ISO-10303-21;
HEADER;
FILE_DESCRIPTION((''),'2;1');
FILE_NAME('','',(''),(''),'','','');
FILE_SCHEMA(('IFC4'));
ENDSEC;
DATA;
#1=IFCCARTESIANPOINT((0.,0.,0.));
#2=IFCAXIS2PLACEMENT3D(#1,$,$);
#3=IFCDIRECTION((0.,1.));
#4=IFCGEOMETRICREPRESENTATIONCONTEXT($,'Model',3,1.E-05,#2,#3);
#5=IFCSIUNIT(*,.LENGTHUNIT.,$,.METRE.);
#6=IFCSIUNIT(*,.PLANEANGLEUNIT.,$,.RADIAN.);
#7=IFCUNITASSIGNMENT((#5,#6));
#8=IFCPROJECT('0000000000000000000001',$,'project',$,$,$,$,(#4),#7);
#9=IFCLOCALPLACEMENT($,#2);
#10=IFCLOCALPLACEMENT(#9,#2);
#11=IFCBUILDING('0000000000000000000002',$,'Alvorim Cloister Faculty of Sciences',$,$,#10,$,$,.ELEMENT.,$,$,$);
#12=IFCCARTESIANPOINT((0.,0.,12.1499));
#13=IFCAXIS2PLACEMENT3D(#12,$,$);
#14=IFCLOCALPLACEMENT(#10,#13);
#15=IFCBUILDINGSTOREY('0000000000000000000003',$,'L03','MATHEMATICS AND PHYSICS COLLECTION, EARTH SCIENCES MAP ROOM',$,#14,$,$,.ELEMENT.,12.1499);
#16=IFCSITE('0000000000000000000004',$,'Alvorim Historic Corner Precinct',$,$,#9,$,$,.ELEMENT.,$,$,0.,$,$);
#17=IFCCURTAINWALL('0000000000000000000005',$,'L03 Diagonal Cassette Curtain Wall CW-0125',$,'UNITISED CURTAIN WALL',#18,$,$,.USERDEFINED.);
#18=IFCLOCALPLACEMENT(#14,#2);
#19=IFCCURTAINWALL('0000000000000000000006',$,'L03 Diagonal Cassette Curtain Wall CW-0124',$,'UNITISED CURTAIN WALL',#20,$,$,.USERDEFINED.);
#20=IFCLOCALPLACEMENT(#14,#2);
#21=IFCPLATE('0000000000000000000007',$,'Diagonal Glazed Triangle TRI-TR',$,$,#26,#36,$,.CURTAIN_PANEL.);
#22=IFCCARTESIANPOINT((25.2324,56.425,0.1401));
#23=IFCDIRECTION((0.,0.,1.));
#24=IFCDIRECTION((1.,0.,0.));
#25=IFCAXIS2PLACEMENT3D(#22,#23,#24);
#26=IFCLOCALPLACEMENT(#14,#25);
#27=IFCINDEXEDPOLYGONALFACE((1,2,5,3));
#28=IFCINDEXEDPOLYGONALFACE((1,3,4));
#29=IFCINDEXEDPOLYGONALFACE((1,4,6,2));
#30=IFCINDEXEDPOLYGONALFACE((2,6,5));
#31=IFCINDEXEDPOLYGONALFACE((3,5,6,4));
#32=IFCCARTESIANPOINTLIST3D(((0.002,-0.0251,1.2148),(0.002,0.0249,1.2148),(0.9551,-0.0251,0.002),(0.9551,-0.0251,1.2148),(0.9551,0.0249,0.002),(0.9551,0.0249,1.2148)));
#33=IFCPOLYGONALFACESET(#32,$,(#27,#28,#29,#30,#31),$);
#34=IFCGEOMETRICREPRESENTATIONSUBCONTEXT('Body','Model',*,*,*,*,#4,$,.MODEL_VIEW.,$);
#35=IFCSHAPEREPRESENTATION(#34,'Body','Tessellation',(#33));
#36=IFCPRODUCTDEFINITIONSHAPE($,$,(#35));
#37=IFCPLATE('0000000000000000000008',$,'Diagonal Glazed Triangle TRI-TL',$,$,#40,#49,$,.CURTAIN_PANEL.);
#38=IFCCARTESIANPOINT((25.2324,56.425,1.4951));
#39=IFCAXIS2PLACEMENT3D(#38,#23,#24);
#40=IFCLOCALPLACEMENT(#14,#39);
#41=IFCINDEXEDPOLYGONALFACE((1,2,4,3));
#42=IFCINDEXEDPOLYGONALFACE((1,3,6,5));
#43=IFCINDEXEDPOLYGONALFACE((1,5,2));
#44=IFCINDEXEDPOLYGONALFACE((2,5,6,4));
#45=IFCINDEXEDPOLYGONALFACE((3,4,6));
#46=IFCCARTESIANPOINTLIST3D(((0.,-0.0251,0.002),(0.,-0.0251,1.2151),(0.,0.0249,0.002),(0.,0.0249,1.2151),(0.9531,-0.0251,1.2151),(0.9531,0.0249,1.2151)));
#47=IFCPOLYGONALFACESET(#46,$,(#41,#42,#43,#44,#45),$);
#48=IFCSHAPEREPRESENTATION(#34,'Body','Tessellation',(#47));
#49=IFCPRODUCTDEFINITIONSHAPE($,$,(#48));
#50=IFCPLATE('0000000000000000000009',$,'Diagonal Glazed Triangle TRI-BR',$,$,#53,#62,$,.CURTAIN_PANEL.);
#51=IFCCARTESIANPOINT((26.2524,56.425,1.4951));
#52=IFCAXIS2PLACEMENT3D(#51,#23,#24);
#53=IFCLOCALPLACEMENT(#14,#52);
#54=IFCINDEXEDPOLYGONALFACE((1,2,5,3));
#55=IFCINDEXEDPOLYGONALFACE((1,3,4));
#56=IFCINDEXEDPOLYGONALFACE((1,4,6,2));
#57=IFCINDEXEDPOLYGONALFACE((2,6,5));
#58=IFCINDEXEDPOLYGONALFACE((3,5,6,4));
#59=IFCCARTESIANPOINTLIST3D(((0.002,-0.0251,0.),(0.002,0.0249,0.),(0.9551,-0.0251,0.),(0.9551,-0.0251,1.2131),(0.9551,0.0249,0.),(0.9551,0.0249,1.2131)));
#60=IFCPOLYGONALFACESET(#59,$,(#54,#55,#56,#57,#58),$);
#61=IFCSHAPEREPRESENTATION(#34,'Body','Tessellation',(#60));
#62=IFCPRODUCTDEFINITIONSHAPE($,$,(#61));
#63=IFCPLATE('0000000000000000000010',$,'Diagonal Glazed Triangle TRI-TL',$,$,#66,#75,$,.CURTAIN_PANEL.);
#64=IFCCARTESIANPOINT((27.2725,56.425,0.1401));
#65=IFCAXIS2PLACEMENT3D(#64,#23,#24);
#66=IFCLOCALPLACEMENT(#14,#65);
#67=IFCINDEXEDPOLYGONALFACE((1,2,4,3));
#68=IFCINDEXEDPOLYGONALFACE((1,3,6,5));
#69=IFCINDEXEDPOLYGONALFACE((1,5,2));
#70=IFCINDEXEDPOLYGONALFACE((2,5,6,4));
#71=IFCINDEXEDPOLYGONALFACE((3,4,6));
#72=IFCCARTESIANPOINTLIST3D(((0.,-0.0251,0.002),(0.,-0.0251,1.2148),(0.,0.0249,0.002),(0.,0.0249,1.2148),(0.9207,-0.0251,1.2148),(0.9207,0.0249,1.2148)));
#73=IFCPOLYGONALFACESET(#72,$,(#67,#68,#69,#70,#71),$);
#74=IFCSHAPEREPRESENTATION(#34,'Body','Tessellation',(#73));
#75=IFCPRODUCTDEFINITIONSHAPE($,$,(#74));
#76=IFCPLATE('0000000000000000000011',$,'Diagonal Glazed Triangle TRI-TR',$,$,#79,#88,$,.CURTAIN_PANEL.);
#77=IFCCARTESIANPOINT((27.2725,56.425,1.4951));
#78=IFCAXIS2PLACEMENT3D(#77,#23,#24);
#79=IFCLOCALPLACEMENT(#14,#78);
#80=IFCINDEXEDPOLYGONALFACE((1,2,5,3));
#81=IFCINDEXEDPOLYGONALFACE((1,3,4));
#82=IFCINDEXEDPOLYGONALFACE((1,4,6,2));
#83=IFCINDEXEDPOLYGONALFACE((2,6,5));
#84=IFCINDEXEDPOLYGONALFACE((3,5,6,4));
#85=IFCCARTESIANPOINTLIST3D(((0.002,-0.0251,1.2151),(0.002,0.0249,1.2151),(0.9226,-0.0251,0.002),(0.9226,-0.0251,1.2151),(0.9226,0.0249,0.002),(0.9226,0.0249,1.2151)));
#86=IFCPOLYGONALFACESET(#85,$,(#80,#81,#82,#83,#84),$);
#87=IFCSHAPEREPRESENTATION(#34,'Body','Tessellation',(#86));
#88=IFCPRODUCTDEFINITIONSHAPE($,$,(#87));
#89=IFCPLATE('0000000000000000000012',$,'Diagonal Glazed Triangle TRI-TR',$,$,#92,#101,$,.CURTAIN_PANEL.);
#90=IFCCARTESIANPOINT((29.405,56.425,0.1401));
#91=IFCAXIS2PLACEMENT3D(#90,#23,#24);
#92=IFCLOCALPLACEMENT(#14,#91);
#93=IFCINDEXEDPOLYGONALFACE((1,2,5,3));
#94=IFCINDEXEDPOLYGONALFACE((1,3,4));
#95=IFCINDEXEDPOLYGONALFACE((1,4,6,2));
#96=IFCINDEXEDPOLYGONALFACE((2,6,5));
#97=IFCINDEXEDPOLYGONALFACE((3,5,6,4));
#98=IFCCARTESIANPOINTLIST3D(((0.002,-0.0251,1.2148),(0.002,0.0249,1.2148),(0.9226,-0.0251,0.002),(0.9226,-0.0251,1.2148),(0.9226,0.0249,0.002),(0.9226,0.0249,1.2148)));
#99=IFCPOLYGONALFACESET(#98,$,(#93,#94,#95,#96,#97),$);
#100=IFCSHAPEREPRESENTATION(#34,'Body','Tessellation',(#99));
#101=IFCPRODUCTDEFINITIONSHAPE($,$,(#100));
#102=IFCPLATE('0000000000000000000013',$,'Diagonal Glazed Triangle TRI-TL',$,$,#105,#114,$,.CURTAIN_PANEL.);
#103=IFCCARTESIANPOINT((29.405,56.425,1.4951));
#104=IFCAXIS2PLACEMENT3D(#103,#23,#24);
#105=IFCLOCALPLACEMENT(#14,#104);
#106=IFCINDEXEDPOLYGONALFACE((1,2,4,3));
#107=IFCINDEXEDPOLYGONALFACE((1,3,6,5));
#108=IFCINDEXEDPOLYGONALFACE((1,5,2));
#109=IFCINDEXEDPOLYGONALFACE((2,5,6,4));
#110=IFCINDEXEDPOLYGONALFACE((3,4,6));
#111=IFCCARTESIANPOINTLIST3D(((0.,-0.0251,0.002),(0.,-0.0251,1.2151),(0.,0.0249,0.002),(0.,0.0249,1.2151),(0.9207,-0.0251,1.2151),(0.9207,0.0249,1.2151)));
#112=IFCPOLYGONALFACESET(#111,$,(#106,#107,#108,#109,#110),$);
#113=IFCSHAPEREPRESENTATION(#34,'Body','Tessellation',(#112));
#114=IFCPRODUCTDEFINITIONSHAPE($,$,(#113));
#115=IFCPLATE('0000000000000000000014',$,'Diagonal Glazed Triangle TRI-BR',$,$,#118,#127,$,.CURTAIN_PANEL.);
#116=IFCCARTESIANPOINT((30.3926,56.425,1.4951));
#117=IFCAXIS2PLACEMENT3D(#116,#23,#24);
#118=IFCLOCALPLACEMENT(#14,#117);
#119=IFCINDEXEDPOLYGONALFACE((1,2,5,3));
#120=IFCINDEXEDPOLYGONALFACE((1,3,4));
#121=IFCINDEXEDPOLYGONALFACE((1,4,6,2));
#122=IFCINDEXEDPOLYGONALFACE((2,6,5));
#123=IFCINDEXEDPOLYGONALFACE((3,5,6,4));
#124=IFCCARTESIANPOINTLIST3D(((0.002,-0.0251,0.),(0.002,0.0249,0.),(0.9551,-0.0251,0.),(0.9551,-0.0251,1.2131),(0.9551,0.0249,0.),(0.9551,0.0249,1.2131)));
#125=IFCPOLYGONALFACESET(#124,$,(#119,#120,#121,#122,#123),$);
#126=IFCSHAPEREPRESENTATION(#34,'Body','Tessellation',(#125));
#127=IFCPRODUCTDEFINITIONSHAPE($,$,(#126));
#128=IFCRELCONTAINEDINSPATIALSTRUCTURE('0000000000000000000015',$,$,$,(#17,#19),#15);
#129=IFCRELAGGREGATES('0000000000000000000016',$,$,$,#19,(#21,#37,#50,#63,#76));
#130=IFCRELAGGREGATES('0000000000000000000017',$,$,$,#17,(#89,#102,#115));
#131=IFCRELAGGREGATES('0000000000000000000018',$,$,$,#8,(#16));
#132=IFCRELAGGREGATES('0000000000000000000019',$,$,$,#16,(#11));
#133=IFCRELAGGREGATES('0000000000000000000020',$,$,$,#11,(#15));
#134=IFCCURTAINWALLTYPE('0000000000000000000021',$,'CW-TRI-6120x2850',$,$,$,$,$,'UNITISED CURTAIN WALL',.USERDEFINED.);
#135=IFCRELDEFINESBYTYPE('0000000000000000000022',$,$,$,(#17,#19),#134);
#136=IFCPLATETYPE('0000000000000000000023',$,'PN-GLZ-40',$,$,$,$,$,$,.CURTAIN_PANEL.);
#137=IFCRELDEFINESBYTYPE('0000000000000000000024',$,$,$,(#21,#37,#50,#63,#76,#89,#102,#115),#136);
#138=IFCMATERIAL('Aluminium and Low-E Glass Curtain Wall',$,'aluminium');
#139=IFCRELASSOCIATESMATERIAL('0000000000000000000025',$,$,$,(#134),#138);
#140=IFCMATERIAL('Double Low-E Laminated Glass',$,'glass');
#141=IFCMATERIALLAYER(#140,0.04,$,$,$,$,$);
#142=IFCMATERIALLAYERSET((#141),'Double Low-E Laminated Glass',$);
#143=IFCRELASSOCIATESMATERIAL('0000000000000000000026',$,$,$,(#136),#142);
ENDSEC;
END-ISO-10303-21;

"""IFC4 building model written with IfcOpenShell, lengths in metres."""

from ifc_helpers import new_model, si_unit, direction, frame, origin, place, context, subcontext, project, spatial, polyline, outline, extrude, material, layer, layer_set, type_object, element, aggregate, save


model = new_model("IFC4")

# Units and contexts
model_context = context("Model", 3, precision=1e-05, world=origin(), true_north=direction((0.0, 1.0)))
body_context = subcontext(model_context, "Body", "Model", "MODEL_VIEW")
ifc_project = project(units=[si_unit("LENGTHUNIT", "METRE"), si_unit("PLANEANGLEUNIT", "RADIAN")], contexts=[model_context])

# Site, building, storey
site_placement = place(None, origin())
site = spatial("IfcSite", under=ifc_project, at=site_placement, Name="Alvorim Historic Corner Precinct", CompositionType="ELEMENT", RefElevation=0.0)
building_placement = place(site_placement, origin())
building = spatial("IfcBuilding", under=site, at=building_placement, Name="Alvorim Cloister Faculty of Sciences", CompositionType="ELEMENT")
storey_placement = place(building_placement, frame((0.0, 0.0, 12.1499)))
storey = spatial("IfcBuildingStorey", under=building, at=storey_placement, Name="L03", Description="MATHEMATICS AND PHYSICS COLLECTION, EARTH SCIENCES MAP ROOM", CompositionType="ELEMENT", Elevation=12.1499)

# Curtain wall
ifc_material_1 = material(Name="Aluminium and Low-E Glass Curtain Wall", Category="aluminium")
curtain_wall_type = type_object("IfcCurtainWallType", Name="CW-TRI-6120x2850", ElementType="UNITISED CURTAIN WALL", PredefinedType="USERDEFINED", material=ifc_material_1)
curtain_wall_1_placement = place(storey_placement, origin())
curtain_wall_1 = element("IfcCurtainWall", 1, at=curtain_wall_1_placement, inside=storey, type_object=curtain_wall_type, Name="L03 Diagonal Cassette Curtain Wall CW-0125", ObjectType="UNITISED CURTAIN WALL", PredefinedType="USERDEFINED")

# Curtain wall, plates
curtain_wall_2_placement = place(storey_placement, origin())
curtain_wall_2 = element("IfcCurtainWall", 2, at=curtain_wall_2_placement, inside=storey, type_object=curtain_wall_type, Name="L03 Diagonal Cassette Curtain Wall CW-0124", ObjectType="UNITISED CURTAIN WALL", PredefinedType="USERDEFINED")
ifc_material_2 = material(Name="Double Low-E Laminated Glass", Category="glass")
ifc_layer_1 = layer(ifc_material_2, 0.04)
ifc_layer_set_1 = layer_set([ifc_layer_1], Name="Double Low-E Laminated Glass")
plate_type = type_object("IfcPlateType", Name="PN-GLZ-40", PredefinedType="CURTAIN_PANEL", material=ifc_layer_set_1)
plate_1_placement = place(storey_placement, frame((25.2324, 56.425, 0.1401), z_axis=(0.0, 0.0, 1.0), x_axis=(1.0, 0.0, 0.0)))
plate_1 = element("IfcPlate", 3, at=plate_1_placement, type_object=plate_type, Name="Diagonal Glazed Triangle TRI-TR", PredefinedType="CURTAIN_PANEL", context=body_context, shape_type="SweptSolid", body=[
    extrude(outline(polyline([(0.9551, 0.002), (0.9551, 1.2148), (0.002, 1.2148), (0.9551, 0.002)])), frame((0.0, 0.0249, 0.0), z_axis=(0.0, -1.0, 0.0), x_axis=(1.0, 0.0, 0.0)), (0.0, 0.0, 1.0), 0.05),
])
plate_2_placement = place(storey_placement, frame((25.2324, 56.425, 1.4951), z_axis=(0.0, 0.0, 1.0), x_axis=(1.0, 0.0, 0.0)))
plate_2 = element("IfcPlate", 4, at=plate_2_placement, type_object=plate_type, Name="Diagonal Glazed Triangle TRI-TL", PredefinedType="CURTAIN_PANEL", context=body_context, shape_type="SweptSolid", body=[
    extrude(outline(polyline([(0.9531, 1.2151), (0.0, 1.2151), (0.0, 0.002), (0.9531, 1.2151)])), frame((0.0, 0.0249, 0.0), z_axis=(0.0, -1.0, 0.0), x_axis=(1.0, 0.0, 0.0)), (0.0, 0.0, 1.0), 0.05),
])
plate_3_placement = place(storey_placement, frame((26.2524, 56.425, 1.4951), z_axis=(0.0, 0.0, 1.0), x_axis=(1.0, 0.0, 0.0)))
plate_3 = element("IfcPlate", 5, at=plate_3_placement, type_object=plate_type, Name="Diagonal Glazed Triangle TRI-BR", PredefinedType="CURTAIN_PANEL", context=body_context, shape_type="SweptSolid", body=[
    extrude(outline(polyline([(0.002, 0.0), (0.9551, 0.0), (0.9551, 1.2131), (0.002, 0.0)])), frame((0.0, 0.0249, 0.0), z_axis=(0.0, -1.0, 0.0), x_axis=(1.0, 0.0, 0.0)), (0.0, 0.0, 1.0), 0.05),
])
plate_4_placement = place(storey_placement, frame((27.2725, 56.425, 0.1401), z_axis=(0.0, 0.0, 1.0), x_axis=(1.0, 0.0, 0.0)))
plate_4 = element("IfcPlate", 6, at=plate_4_placement, type_object=plate_type, Name="Diagonal Glazed Triangle TRI-TL", PredefinedType="CURTAIN_PANEL", context=body_context, shape_type="SweptSolid", body=[
    extrude(outline(polyline([(0.9207, 1.2148), (0.0, 1.2148), (0.0, 0.002), (0.9207, 1.2148)])), frame((0.0, 0.0249, 0.0), z_axis=(0.0, -1.0, 0.0), x_axis=(1.0, 0.0, 0.0)), (0.0, 0.0, 1.0), 0.05),
])
plate_5_placement = place(storey_placement, frame((27.2725, 56.425, 1.4951), z_axis=(0.0, 0.0, 1.0), x_axis=(1.0, 0.0, 0.0)))
plate_5 = element("IfcPlate", 7, at=plate_5_placement, type_object=plate_type, Name="Diagonal Glazed Triangle TRI-TR", PredefinedType="CURTAIN_PANEL", context=body_context, shape_type="SweptSolid", body=[
    extrude(outline(polyline([(0.9226, 0.002), (0.9226, 1.2151), (0.002, 1.2151), (0.9226, 0.002)])), frame((0.0, 0.0249, 0.0), z_axis=(0.0, -1.0, 0.0), x_axis=(1.0, 0.0, 0.0)), (0.0, 0.0, 1.0), 0.05),
])
aggregate(curtain_wall_2, [plate_1, plate_2, plate_3, plate_4, plate_5])

# Plates
plate_6_placement = place(storey_placement, frame((29.405, 56.425, 0.1401), z_axis=(0.0, 0.0, 1.0), x_axis=(1.0, 0.0, 0.0)))
plate_6 = element("IfcPlate", 8, at=plate_6_placement, type_object=plate_type, Name="Diagonal Glazed Triangle TRI-TR", PredefinedType="CURTAIN_PANEL", context=body_context, shape_type="SweptSolid", body=[
    extrude(outline(polyline([(0.9226, 0.002), (0.9226, 1.2148), (0.002, 1.2148), (0.9226, 0.002)])), frame((0.0, 0.0249, 0.0), z_axis=(0.0, -1.0, 0.0), x_axis=(1.0, 0.0, 0.0)), (0.0, 0.0, 1.0), 0.05),
])
plate_7_placement = place(storey_placement, frame((29.405, 56.425, 1.4951), z_axis=(0.0, 0.0, 1.0), x_axis=(1.0, 0.0, 0.0)))
plate_7 = element("IfcPlate", 9, at=plate_7_placement, type_object=plate_type, Name="Diagonal Glazed Triangle TRI-TL", PredefinedType="CURTAIN_PANEL", context=body_context, shape_type="SweptSolid", body=[
    extrude(outline(polyline([(0.9207, 1.2151), (0.0, 1.2151), (0.0, 0.002), (0.9207, 1.2151)])), frame((0.0, 0.0249, 0.0), z_axis=(0.0, -1.0, 0.0), x_axis=(1.0, 0.0, 0.0)), (0.0, 0.0, 1.0), 0.05),
])
plate_8_placement = place(storey_placement, frame((30.3926, 56.425, 1.4951), z_axis=(0.0, 0.0, 1.0), x_axis=(1.0, 0.0, 0.0)))
plate_8 = element("IfcPlate", 10, at=plate_8_placement, type_object=plate_type, Name="Diagonal Glazed Triangle TRI-BR", PredefinedType="CURTAIN_PANEL", context=body_context, shape_type="SweptSolid", body=[
    extrude(outline(polyline([(0.002, 0.0), (0.9551, 0.0), (0.9551, 1.2131), (0.002, 0.0)])), frame((0.0, 0.0249, 0.0), z_axis=(0.0, -1.0, 0.0), x_axis=(1.0, 0.0, 0.0)), (0.0, 0.0, 1.0), 0.05),
])
aggregate(curtain_wall_1, [plate_6, plate_7, plate_8])

save(model, "model.ifc")
